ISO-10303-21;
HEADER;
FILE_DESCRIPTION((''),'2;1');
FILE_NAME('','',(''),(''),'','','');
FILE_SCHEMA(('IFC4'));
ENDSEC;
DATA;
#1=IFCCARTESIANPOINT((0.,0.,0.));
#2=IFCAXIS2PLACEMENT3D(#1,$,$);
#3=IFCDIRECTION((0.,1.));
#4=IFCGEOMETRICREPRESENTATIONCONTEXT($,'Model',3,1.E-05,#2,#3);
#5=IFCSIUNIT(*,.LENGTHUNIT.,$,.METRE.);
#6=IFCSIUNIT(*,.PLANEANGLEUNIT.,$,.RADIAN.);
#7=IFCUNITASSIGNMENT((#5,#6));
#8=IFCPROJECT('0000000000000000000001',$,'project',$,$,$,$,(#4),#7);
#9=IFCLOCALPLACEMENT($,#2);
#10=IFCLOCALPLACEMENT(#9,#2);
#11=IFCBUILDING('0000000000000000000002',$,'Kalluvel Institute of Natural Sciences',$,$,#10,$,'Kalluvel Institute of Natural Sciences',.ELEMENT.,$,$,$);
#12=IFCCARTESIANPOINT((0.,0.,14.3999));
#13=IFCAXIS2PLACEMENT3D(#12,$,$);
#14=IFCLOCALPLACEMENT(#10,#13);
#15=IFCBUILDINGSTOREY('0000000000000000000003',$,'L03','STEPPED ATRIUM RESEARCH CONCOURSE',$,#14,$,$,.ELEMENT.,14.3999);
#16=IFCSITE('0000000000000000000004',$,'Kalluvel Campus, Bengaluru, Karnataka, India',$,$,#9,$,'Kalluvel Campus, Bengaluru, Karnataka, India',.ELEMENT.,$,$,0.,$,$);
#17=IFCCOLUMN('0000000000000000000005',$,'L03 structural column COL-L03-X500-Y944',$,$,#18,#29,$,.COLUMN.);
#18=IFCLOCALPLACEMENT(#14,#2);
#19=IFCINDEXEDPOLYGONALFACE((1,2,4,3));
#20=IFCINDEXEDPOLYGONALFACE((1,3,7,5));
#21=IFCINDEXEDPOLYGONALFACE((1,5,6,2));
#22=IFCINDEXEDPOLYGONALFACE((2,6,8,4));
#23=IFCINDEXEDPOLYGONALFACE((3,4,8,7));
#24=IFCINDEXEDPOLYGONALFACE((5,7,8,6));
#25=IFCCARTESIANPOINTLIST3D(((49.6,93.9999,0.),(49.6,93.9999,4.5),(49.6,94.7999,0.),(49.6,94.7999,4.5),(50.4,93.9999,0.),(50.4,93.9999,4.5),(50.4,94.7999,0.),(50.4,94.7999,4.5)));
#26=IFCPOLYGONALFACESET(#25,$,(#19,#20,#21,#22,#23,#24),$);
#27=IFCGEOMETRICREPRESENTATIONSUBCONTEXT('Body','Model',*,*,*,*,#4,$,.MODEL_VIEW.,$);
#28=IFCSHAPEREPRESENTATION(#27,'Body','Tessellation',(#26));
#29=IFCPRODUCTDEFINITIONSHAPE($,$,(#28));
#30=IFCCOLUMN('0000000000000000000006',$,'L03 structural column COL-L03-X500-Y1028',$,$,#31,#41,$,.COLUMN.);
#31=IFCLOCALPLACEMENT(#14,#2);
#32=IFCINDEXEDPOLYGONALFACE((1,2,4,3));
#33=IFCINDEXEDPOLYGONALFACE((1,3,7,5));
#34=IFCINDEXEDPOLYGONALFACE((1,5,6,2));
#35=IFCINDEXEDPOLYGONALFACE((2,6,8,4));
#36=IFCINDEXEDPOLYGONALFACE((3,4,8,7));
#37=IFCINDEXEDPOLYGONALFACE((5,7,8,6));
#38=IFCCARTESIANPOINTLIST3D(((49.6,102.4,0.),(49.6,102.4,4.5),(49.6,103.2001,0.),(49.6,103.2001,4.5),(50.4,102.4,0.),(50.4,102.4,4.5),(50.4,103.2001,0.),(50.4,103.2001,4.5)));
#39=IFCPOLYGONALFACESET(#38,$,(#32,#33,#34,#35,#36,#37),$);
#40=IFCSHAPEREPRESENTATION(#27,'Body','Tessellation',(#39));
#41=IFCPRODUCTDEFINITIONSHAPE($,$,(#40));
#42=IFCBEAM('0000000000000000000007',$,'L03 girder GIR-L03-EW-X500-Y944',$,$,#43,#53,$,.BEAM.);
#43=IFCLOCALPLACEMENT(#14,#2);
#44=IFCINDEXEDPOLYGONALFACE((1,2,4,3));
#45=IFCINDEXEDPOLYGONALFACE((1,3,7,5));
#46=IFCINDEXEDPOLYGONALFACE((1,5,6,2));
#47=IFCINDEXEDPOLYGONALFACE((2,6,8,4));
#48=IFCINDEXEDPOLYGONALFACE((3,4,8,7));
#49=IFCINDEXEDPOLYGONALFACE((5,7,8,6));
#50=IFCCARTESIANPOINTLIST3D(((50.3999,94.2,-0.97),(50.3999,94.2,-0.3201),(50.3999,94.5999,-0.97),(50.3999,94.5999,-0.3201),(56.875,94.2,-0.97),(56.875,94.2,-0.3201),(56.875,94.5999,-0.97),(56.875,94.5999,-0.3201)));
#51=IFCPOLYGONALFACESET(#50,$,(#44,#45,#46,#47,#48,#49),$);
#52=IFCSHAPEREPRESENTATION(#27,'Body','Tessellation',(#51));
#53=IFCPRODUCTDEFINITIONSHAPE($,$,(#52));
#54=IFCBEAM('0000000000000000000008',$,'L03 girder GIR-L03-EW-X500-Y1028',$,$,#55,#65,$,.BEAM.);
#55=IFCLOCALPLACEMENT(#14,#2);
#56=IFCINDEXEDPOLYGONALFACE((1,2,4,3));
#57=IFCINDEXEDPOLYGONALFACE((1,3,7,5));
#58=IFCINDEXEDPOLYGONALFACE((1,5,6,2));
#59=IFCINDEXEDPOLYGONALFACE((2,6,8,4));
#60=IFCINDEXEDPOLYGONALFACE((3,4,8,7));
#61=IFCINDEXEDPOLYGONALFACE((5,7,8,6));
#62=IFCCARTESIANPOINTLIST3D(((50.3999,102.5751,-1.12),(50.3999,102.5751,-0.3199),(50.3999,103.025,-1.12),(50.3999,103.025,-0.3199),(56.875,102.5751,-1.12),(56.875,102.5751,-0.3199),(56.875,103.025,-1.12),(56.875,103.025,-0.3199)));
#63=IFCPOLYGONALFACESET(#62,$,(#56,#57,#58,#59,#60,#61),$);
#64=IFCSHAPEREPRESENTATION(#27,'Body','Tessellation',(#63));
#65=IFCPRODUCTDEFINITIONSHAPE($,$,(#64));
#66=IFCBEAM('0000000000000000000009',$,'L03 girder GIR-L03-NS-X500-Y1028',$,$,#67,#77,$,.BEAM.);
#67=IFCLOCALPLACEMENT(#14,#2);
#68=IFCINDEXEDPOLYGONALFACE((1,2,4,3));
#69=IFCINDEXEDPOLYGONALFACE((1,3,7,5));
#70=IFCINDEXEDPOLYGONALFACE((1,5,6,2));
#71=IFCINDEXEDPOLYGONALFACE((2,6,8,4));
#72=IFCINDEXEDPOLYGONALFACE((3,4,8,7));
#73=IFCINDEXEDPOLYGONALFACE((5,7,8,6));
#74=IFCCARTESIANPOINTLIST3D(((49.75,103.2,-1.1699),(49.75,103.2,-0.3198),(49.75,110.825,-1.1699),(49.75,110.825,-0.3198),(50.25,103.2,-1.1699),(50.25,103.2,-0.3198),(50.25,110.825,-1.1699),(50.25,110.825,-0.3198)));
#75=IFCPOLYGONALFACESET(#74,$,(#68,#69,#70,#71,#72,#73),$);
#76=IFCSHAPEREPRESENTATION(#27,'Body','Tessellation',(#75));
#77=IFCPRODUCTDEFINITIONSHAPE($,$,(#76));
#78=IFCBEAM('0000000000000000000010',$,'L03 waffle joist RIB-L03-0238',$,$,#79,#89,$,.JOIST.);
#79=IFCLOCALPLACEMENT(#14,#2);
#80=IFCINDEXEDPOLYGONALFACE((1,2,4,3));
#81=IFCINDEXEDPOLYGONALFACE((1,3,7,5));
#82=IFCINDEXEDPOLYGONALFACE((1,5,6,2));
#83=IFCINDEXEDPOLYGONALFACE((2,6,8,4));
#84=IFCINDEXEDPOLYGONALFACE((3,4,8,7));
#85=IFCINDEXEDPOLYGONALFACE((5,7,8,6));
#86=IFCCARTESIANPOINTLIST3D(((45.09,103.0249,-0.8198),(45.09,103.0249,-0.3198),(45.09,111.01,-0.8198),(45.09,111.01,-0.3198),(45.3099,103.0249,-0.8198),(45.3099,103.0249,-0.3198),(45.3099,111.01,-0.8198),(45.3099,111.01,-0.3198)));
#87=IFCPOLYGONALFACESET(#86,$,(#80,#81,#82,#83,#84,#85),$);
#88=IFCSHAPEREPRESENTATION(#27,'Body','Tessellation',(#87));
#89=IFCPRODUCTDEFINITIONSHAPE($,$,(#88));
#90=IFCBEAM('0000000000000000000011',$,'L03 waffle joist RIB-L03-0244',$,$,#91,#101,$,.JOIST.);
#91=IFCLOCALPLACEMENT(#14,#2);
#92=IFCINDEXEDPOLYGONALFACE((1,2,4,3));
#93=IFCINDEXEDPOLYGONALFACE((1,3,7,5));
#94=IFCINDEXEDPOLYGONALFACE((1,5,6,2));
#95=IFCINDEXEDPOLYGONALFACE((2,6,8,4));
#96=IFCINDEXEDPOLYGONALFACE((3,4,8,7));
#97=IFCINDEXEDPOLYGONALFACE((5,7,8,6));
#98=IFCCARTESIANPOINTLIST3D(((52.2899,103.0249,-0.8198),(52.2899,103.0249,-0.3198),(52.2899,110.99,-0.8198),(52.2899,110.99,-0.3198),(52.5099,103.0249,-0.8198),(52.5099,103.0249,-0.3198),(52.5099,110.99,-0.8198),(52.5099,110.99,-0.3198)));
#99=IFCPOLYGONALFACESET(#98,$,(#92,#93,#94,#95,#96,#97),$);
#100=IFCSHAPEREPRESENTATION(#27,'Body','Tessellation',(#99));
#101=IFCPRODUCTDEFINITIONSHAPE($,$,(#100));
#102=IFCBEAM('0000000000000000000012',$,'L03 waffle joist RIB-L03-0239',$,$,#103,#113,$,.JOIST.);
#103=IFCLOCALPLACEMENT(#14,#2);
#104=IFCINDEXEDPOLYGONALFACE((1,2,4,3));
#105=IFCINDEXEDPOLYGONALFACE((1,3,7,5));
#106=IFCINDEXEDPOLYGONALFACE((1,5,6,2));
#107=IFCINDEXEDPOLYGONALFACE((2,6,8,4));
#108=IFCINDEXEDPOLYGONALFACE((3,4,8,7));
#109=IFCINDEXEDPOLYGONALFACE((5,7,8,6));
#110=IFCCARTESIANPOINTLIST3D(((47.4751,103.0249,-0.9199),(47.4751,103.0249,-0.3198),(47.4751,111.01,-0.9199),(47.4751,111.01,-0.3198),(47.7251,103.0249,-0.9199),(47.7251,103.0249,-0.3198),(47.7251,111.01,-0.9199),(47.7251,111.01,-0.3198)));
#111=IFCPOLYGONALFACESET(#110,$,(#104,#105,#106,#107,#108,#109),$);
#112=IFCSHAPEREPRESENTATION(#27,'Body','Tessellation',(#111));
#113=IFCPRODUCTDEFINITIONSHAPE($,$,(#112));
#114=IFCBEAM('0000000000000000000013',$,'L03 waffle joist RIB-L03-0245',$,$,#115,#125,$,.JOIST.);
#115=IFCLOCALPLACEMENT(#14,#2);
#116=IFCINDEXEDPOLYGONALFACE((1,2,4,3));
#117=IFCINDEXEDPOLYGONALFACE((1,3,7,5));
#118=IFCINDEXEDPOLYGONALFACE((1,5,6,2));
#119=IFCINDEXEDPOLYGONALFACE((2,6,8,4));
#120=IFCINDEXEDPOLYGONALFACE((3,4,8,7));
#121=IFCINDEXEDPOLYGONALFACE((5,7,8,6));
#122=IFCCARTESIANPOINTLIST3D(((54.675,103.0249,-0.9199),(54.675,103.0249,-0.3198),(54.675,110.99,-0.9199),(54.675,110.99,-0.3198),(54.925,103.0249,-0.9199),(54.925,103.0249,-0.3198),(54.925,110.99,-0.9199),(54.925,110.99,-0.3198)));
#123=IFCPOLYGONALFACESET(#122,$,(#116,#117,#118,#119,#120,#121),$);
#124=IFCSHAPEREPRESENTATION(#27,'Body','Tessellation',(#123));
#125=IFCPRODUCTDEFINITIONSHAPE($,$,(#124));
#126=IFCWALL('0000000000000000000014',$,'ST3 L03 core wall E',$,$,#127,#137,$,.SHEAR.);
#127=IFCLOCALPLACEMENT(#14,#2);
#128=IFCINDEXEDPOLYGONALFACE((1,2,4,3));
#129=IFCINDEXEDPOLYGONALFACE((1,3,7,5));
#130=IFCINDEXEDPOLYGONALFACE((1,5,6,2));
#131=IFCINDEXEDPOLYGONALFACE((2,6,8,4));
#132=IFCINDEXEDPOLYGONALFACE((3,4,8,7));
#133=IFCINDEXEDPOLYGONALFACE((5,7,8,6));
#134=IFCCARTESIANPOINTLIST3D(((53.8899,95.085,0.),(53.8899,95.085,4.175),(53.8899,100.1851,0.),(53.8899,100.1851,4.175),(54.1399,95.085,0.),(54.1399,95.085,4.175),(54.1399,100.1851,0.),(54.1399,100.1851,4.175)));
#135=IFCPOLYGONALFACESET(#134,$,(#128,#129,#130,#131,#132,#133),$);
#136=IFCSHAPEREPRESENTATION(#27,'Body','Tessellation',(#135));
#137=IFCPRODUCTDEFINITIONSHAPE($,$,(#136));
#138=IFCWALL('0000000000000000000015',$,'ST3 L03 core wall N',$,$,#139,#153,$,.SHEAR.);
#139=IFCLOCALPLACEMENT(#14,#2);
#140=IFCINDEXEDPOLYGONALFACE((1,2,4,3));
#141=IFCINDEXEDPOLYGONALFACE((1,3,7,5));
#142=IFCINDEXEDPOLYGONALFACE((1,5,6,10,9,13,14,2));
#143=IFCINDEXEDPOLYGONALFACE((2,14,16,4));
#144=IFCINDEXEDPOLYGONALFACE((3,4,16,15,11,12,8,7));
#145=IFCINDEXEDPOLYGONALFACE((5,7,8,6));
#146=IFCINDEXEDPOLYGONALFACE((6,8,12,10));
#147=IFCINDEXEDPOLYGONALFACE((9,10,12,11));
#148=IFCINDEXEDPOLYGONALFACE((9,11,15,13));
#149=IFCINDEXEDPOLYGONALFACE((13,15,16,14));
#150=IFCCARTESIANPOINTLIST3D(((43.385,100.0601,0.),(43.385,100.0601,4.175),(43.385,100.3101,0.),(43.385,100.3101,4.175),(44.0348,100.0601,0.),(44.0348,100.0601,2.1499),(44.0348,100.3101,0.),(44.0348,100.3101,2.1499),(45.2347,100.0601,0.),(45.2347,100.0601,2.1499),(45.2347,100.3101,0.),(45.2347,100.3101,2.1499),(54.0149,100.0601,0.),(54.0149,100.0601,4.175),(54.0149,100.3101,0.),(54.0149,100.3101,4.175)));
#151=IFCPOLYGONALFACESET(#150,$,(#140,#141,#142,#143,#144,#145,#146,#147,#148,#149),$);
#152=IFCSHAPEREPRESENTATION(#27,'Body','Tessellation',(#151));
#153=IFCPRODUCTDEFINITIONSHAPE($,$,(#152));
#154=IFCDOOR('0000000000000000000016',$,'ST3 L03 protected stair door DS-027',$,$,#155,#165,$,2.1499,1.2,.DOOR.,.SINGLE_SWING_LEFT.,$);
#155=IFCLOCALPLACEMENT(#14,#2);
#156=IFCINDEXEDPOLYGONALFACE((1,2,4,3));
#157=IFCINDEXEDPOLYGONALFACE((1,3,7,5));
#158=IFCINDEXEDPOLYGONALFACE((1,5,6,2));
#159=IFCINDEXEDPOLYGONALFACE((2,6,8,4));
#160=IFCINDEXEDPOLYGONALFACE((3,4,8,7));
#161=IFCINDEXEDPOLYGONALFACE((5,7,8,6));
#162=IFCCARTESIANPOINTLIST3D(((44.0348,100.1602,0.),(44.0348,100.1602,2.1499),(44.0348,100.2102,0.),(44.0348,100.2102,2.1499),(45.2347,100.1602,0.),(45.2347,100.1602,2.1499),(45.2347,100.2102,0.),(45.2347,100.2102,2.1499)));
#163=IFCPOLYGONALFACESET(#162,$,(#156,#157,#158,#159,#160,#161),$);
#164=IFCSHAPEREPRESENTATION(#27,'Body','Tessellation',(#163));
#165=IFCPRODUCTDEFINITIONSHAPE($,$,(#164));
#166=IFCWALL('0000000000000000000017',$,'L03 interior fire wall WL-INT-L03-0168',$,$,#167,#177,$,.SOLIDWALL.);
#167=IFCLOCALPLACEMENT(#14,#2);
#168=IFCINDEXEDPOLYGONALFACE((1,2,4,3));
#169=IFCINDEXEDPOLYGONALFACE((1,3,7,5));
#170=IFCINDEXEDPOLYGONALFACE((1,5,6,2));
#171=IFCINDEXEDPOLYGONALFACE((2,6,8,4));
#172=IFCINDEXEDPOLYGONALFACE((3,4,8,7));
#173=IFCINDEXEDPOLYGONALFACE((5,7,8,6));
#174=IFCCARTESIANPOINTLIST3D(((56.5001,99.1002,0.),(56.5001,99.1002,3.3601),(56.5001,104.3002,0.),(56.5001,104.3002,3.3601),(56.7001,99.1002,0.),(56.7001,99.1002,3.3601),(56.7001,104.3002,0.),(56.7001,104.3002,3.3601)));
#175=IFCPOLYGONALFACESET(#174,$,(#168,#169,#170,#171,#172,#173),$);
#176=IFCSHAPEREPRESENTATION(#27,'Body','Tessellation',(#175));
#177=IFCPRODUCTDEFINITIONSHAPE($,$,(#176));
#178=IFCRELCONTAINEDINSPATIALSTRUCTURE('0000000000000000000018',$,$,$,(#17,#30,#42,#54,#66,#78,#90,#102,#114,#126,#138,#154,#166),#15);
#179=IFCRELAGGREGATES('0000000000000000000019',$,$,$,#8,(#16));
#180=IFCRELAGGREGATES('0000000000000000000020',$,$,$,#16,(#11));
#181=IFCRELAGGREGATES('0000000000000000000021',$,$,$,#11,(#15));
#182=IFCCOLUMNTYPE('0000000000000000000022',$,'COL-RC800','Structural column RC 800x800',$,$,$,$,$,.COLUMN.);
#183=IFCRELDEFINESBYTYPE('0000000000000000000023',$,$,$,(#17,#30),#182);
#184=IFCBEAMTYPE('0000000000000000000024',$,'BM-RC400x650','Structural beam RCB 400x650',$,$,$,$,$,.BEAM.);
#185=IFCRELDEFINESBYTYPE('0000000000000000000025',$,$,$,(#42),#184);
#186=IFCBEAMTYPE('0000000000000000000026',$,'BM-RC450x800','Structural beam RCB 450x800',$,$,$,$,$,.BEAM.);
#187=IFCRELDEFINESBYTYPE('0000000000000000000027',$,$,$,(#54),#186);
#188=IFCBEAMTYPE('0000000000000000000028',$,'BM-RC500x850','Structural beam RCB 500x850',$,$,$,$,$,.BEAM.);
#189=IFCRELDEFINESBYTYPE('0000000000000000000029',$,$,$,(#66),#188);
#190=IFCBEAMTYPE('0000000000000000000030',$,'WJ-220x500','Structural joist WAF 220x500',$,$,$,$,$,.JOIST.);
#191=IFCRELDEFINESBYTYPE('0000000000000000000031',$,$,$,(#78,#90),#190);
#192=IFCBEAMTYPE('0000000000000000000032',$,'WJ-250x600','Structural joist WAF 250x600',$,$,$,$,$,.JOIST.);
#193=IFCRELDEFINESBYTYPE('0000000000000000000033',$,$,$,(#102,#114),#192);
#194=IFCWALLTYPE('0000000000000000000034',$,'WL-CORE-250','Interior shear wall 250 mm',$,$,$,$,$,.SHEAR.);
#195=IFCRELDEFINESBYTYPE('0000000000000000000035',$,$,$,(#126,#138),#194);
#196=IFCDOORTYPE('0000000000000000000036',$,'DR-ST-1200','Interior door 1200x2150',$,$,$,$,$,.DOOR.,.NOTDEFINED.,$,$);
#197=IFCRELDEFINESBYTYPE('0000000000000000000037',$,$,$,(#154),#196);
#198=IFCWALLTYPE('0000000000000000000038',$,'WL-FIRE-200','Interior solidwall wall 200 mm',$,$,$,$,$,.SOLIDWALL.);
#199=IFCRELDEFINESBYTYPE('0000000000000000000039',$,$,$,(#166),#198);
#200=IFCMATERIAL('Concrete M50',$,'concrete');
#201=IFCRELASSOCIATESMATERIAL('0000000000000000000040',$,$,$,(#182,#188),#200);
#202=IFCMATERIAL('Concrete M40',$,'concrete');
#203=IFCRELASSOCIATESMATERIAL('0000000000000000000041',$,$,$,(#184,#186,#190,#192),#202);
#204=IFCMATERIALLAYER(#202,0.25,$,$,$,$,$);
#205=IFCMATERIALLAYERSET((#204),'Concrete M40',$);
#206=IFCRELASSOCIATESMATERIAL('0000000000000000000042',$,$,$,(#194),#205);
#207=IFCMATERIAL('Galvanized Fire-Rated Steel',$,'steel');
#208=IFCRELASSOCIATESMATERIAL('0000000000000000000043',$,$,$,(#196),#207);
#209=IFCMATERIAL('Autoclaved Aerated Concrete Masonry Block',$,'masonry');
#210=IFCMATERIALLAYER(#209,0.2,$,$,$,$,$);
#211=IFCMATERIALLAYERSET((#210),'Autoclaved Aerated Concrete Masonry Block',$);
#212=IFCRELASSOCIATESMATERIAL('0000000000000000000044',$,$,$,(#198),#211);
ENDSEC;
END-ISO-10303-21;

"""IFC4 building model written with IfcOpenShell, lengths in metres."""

from ifc_helpers import new_model, si_unit, direction, frame, frame_2d, origin, origin_2d, place, context, subcontext, project, spatial, rectangle, extrude, material, layer, layer_set, material_profile, profile_set, type_object, element, fill, save


model = new_model("IFC4")

# Units and contexts
model_context = context("Model", 3, precision=1e-05, world=origin(), true_north=direction((0.0, 1.0)))
body_context = subcontext(model_context, "Body", "Model", "MODEL_VIEW")
ifc_project = project(units=[si_unit("LENGTHUNIT", "METRE"), si_unit("PLANEANGLEUNIT", "RADIAN")], contexts=[model_context])

# Site, building, storey
site_placement = place(None, origin())
site = spatial("IfcSite", under=ifc_project, at=site_placement, Name="Kalluvel Campus, Bengaluru, Karnataka, India", LongName="Kalluvel Campus, Bengaluru, Karnataka, India", CompositionType="ELEMENT", RefElevation=0.0)
building_placement = place(site_placement, origin())
building = spatial("IfcBuilding", under=site, at=building_placement, Name="Kalluvel Institute of Natural Sciences", LongName="Kalluvel Institute of Natural Sciences", CompositionType="ELEMENT")
storey_placement = place(building_placement, frame((0.0, 0.0, 14.3999)))
storey = spatial("IfcBuildingStorey", under=building, at=storey_placement, Name="L03", Description="STEPPED ATRIUM RESEARCH CONCOURSE", CompositionType="ELEMENT", Elevation=14.3999)

# Columns
ifc_material_1 = material(Name="Concrete M50", Category="concrete")
ifc_material_profile_1 = material_profile(ifc_material_1, rectangle(XDim=0.8, YDim=0.8, at=origin_2d()), Name="RC 800x800")
ifc_profile_set_1 = profile_set([ifc_material_profile_1], Name="Concrete M50")
column_type = type_object("IfcColumnType", Name="COL-RC800", Description="Structural column RC 800x800", PredefinedType="COLUMN", material=ifc_profile_set_1)
for number, where, z_axis, x_axis, name in (
    (1, (50.0, 94.3999, 0.0), (0.0, 0.0, 1.0), (1.0, 0.0, 0.0), "L03 structural column COL-L03-X500-Y944"),
    (2, (50.0, 102.8, 0.0), (0.0, 0.0, 1.0), (1.0, 0.0, 0.0), "L03 structural column COL-L03-X500-Y1028"),
):
    element("IfcColumn", number, at=place(storey_placement, frame(where, z_axis=z_axis, x_axis=x_axis)), inside=storey, type_object=column_type, Name=name, PredefinedType="COLUMN", context=body_context, shape_type="SweptSolid", body=[
        extrude(rectangle(XDim=0.8, YDim=0.8, at=origin_2d()), origin(), (0.0, 0.0, 1.0), 4.5),
    ])

# Beams
ifc_material_2 = material(Name="Concrete M40", Category="concrete")
ifc_material_profile_2 = material_profile(ifc_material_2, rectangle(XDim=0.3999, YDim=0.6499, at=origin_2d()), Name="RCB 400x650")
ifc_profile_set_2 = profile_set([ifc_material_profile_2], Name="Concrete M40")
beam_type_1 = type_object("IfcBeamType", Name="BM-RC400x650", Description="Structural beam RCB 400x650", PredefinedType="BEAM", material=ifc_profile_set_2)
beam_1_placement = place(storey_placement, frame((50.3999, 94.3999, -0.645), z_axis=(1.0, 0.0, 0.0), x_axis=(0.0, 1.0, 0.0)))
element("IfcBeam", 3, at=beam_1_placement, inside=storey, type_object=beam_type_1, Name="L03 girder GIR-L03-EW-X500-Y944", PredefinedType="BEAM", context=body_context, shape_type="SweptSolid", body=[
    extrude(rectangle(XDim=0.3999, YDim=0.6499, at=origin_2d()), origin(), (0.0, 0.0, 1.0), 6.4751),
])
ifc_material_profile_3 = material_profile(ifc_material_2, rectangle(XDim=0.45, YDim=0.8, at=origin_2d()), Name="RCB 450x800")
ifc_profile_set_3 = profile_set([ifc_material_profile_3], Name="Concrete M40")
beam_type_2 = type_object("IfcBeamType", Name="BM-RC450x800", Description="Structural beam RCB 450x800", PredefinedType="BEAM", material=ifc_profile_set_3)
beam_2_placement = place(storey_placement, frame((50.3999, 102.8, -0.72), z_axis=(1.0, 0.0, 0.0), x_axis=(0.0, 1.0, 0.0)))
element("IfcBeam", 4, at=beam_2_placement, inside=storey, type_object=beam_type_2, Name="L03 girder GIR-L03-EW-X500-Y1028", PredefinedType="BEAM", context=body_context, shape_type="SweptSolid", body=[
    extrude(rectangle(XDim=0.45, YDim=0.8, at=origin_2d()), origin(), (0.0, 0.0, 1.0), 6.4751),
])
ifc_material_profile_4 = material_profile(ifc_material_1, rectangle(XDim=0.5, YDim=0.8501, at=origin_2d()), Name="RCB 500x850")
ifc_profile_set_4 = profile_set([ifc_material_profile_4], Name="Concrete M50")
beam_type_3 = type_object("IfcBeamType", Name="BM-RC500x850", Description="Structural beam RCB 500x850", PredefinedType="BEAM", material=ifc_profile_set_4)
beam_3_placement = place(storey_placement, frame((50.0, 103.2, -0.7449), z_axis=(0.0, 1.0, 0.0), x_axis=(-1.0, 0.0, 0.0)))
element("IfcBeam", 5, at=beam_3_placement, inside=storey, type_object=beam_type_3, Name="L03 girder GIR-L03-NS-X500-Y1028", PredefinedType="BEAM", context=body_context, shape_type="SweptSolid", body=[
    extrude(rectangle(XDim=0.5, YDim=0.8501, at=origin_2d()), origin(), (0.0, 0.0, 1.0), 7.625),
])
ifc_material_profile_5 = material_profile(ifc_material_2, rectangle(XDim=0.22, YDim=0.5, at=origin_2d()), Name="WAF 220x500")
ifc_profile_set_5 = profile_set([ifc_material_profile_5], Name="Concrete M40")
beam_type_4 = type_object("IfcBeamType", Name="WJ-220x500", Description="Structural joist WAF 220x500", PredefinedType="JOIST", material=ifc_profile_set_5)
beam_4_placement = place(storey_placement, frame((45.2, 103.0249, -0.5698), z_axis=(0.0, 1.0, 0.0), x_axis=(-1.0, 0.0, 0.0)))
element("IfcBeam", 6, at=beam_4_placement, inside=storey, type_object=beam_type_4, Name="L03 waffle joist RIB-L03-0238", PredefinedType="JOIST", context=body_context, shape_type="SweptSolid", body=[
    extrude(rectangle(XDim=0.22, YDim=0.5, at=origin_2d()), origin(), (0.0, 0.0, 1.0), 7.9851),
])
beam_5_placement = place(storey_placement, frame((52.3999, 103.0249, -0.5698), z_axis=(0.0, 1.0, 0.0), x_axis=(-1.0, 0.0, 0.0)))
element("IfcBeam", 7, at=beam_5_placement, inside=storey, type_object=beam_type_4, Name="L03 waffle joist RIB-L03-0244", PredefinedType="JOIST", context=body_context, shape_type="SweptSolid", body=[
    extrude(rectangle(XDim=0.22, YDim=0.5, at=origin_2d()), origin(), (0.0, 0.0, 1.0), 7.9651),
])
ifc_material_profile_6 = material_profile(ifc_material_2, rectangle(XDim=0.25, YDim=0.6001, at=origin_2d()), Name="WAF 250x600")
ifc_profile_set_6 = profile_set([ifc_material_profile_6], Name="Concrete M40")
beam_type_5 = type_object("IfcBeamType", Name="WJ-250x600", Description="Structural joist WAF 250x600", PredefinedType="JOIST", material=ifc_profile_set_6)
beam_6_placement = place(storey_placement, frame((47.6001, 103.0249, -0.6199), z_axis=(0.0, 1.0, 0.0), x_axis=(-1.0, 0.0, 0.0)))
element("IfcBeam", 8, at=beam_6_placement, inside=storey, type_object=beam_type_5, Name="L03 waffle joist RIB-L03-0239", PredefinedType="JOIST", context=body_context, shape_type="SweptSolid", body=[
    extrude(rectangle(XDim=0.25, YDim=0.6001, at=origin_2d()), origin(), (0.0, 0.0, 1.0), 7.9851),
])
beam_7_placement = place(storey_placement, frame((54.8, 103.0249, -0.6199), z_axis=(0.0, 1.0, 0.0), x_axis=(-1.0, 0.0, 0.0)))
element("IfcBeam", 9, at=beam_7_placement, inside=storey, type_object=beam_type_5, Name="L03 waffle joist RIB-L03-0245", PredefinedType="JOIST", context=body_context, shape_type="SweptSolid", body=[
    extrude(rectangle(XDim=0.25, YDim=0.6001, at=origin_2d()), origin(), (0.0, 0.0, 1.0), 7.9651),
])

# Wall
ifc_layer_1 = layer(ifc_material_2, 0.25)
ifc_layer_set_1 = layer_set([ifc_layer_1], Name="Concrete M40")
wall_type_1 = type_object("IfcWallType", Name="WL-CORE-250", Description="Interior shear wall 250 mm", PredefinedType="SHEAR", material=ifc_layer_set_1)
wall_1_placement = place(storey_placement, frame((54.0149, 95.085, 0.0), z_axis=(0.0, 0.0, 1.0), x_axis=(0.0, 1.0, 0.0)))
element("IfcWall", 10, at=wall_1_placement, inside=storey, type_object=wall_type_1, Name="ST3 L03 core wall E", PredefinedType="SHEAR", context=body_context, shape_type="SweptSolid", body=[
    extrude(rectangle(XDim=5.1001, YDim=0.25, at=frame_2d((2.55, 0.0))), origin(), (0.0, 0.0, 1.0), 4.175),
])

# Wall, opening, door
wall_2_placement = place(storey_placement, frame((54.0149, 100.1851, 0.0), z_axis=(0.0, 0.0, 1.0), x_axis=(-1.0, 0.0, 0.0)))
wall_2 = element("IfcWall", 11, at=wall_2_placement, inside=storey, type_object=wall_type_1, Name="ST3 L03 core wall N", PredefinedType="SHEAR", context=body_context, shape_type="SweptSolid", body=[
    extrude(rectangle(XDim=10.6299, YDim=0.25, at=frame_2d((5.3149, 0.0))), origin(), (0.0, 0.0, 1.0), 4.175),
])
opening_1_placement = place(wall_2_placement, frame((8.78, 0.0, 0.0)))
opening_1 = element("IfcOpeningElement", 12, at=opening_1_placement, cuts=wall_2, PredefinedType="OPENING", context=body_context, shape_type="SweptSolid", body=[
    extrude(rectangle(XDim=1.2, YDim=2.1499, at=frame_2d((0.6001, 1.075))), frame((0.0, 0.135, 0.0), z_axis=(0.0, -1.0, 0.0), x_axis=(1.0, 0.0, 0.0)), (0.0, 0.0, 1.0), 0.27),
])
ifc_material_3 = material(Name="Galvanized Fire-Rated Steel", Category="steel")
door_type_1 = type_object("IfcDoorType", Name="DR-ST-1200", Description="Interior door 1200x2150", OperationType="NOTDEFINED", PredefinedType="DOOR", material=ifc_material_3)
door_1_placement = place(opening_1_placement, origin())
door_1 = element("IfcDoor", 13, at=door_1_placement, inside=storey, type_object=door_type_1, Name="ST3 L03 protected stair door DS-027", OperationType="SINGLE_SWING_LEFT", OverallHeight=2.1499, OverallWidth=1.2, PredefinedType="DOOR", context=body_context, shape_type="SweptSolid", body=[
    extrude(rectangle(XDim=1.2, YDim=2.1499, at=frame_2d((0.6001, 1.075))), frame((0.0, 0.0249, 0.0), z_axis=(0.0, -1.0, 0.0), x_axis=(1.0, 0.0, 0.0)), (0.0, 0.0, 1.0), 0.05),
])
fill(opening_1, door_1)
ifc_material_4 = material(Name="Autoclaved Aerated Concrete Masonry Block", Category="masonry")
ifc_layer_2 = layer(ifc_material_4, 0.2)
ifc_layer_set_2 = layer_set([ifc_layer_2], Name="Autoclaved Aerated Concrete Masonry Block")
wall_type_2 = type_object("IfcWallType", Name="WL-FIRE-200", Description="Interior solidwall wall 200 mm", PredefinedType="SOLIDWALL", material=ifc_layer_set_2)

# Wall
wall_3_placement = place(storey_placement, frame((56.6001, 99.1001, 0.0), z_axis=(0.0, 0.0, 1.0), x_axis=(0.0, 1.0, 0.0)))
element("IfcWall", 14, at=wall_3_placement, inside=storey, type_object=wall_type_2, Name="L03 interior fire wall WL-INT-L03-0168", PredefinedType="SOLIDWALL", context=body_context, shape_type="SweptSolid", body=[
    extrude(rectangle(XDim=5.2, YDim=0.2, at=frame_2d((2.6001, 0.0))), origin(), (0.0, 0.0, 1.0), 3.3601),
])

save(model, "model.ifc")
